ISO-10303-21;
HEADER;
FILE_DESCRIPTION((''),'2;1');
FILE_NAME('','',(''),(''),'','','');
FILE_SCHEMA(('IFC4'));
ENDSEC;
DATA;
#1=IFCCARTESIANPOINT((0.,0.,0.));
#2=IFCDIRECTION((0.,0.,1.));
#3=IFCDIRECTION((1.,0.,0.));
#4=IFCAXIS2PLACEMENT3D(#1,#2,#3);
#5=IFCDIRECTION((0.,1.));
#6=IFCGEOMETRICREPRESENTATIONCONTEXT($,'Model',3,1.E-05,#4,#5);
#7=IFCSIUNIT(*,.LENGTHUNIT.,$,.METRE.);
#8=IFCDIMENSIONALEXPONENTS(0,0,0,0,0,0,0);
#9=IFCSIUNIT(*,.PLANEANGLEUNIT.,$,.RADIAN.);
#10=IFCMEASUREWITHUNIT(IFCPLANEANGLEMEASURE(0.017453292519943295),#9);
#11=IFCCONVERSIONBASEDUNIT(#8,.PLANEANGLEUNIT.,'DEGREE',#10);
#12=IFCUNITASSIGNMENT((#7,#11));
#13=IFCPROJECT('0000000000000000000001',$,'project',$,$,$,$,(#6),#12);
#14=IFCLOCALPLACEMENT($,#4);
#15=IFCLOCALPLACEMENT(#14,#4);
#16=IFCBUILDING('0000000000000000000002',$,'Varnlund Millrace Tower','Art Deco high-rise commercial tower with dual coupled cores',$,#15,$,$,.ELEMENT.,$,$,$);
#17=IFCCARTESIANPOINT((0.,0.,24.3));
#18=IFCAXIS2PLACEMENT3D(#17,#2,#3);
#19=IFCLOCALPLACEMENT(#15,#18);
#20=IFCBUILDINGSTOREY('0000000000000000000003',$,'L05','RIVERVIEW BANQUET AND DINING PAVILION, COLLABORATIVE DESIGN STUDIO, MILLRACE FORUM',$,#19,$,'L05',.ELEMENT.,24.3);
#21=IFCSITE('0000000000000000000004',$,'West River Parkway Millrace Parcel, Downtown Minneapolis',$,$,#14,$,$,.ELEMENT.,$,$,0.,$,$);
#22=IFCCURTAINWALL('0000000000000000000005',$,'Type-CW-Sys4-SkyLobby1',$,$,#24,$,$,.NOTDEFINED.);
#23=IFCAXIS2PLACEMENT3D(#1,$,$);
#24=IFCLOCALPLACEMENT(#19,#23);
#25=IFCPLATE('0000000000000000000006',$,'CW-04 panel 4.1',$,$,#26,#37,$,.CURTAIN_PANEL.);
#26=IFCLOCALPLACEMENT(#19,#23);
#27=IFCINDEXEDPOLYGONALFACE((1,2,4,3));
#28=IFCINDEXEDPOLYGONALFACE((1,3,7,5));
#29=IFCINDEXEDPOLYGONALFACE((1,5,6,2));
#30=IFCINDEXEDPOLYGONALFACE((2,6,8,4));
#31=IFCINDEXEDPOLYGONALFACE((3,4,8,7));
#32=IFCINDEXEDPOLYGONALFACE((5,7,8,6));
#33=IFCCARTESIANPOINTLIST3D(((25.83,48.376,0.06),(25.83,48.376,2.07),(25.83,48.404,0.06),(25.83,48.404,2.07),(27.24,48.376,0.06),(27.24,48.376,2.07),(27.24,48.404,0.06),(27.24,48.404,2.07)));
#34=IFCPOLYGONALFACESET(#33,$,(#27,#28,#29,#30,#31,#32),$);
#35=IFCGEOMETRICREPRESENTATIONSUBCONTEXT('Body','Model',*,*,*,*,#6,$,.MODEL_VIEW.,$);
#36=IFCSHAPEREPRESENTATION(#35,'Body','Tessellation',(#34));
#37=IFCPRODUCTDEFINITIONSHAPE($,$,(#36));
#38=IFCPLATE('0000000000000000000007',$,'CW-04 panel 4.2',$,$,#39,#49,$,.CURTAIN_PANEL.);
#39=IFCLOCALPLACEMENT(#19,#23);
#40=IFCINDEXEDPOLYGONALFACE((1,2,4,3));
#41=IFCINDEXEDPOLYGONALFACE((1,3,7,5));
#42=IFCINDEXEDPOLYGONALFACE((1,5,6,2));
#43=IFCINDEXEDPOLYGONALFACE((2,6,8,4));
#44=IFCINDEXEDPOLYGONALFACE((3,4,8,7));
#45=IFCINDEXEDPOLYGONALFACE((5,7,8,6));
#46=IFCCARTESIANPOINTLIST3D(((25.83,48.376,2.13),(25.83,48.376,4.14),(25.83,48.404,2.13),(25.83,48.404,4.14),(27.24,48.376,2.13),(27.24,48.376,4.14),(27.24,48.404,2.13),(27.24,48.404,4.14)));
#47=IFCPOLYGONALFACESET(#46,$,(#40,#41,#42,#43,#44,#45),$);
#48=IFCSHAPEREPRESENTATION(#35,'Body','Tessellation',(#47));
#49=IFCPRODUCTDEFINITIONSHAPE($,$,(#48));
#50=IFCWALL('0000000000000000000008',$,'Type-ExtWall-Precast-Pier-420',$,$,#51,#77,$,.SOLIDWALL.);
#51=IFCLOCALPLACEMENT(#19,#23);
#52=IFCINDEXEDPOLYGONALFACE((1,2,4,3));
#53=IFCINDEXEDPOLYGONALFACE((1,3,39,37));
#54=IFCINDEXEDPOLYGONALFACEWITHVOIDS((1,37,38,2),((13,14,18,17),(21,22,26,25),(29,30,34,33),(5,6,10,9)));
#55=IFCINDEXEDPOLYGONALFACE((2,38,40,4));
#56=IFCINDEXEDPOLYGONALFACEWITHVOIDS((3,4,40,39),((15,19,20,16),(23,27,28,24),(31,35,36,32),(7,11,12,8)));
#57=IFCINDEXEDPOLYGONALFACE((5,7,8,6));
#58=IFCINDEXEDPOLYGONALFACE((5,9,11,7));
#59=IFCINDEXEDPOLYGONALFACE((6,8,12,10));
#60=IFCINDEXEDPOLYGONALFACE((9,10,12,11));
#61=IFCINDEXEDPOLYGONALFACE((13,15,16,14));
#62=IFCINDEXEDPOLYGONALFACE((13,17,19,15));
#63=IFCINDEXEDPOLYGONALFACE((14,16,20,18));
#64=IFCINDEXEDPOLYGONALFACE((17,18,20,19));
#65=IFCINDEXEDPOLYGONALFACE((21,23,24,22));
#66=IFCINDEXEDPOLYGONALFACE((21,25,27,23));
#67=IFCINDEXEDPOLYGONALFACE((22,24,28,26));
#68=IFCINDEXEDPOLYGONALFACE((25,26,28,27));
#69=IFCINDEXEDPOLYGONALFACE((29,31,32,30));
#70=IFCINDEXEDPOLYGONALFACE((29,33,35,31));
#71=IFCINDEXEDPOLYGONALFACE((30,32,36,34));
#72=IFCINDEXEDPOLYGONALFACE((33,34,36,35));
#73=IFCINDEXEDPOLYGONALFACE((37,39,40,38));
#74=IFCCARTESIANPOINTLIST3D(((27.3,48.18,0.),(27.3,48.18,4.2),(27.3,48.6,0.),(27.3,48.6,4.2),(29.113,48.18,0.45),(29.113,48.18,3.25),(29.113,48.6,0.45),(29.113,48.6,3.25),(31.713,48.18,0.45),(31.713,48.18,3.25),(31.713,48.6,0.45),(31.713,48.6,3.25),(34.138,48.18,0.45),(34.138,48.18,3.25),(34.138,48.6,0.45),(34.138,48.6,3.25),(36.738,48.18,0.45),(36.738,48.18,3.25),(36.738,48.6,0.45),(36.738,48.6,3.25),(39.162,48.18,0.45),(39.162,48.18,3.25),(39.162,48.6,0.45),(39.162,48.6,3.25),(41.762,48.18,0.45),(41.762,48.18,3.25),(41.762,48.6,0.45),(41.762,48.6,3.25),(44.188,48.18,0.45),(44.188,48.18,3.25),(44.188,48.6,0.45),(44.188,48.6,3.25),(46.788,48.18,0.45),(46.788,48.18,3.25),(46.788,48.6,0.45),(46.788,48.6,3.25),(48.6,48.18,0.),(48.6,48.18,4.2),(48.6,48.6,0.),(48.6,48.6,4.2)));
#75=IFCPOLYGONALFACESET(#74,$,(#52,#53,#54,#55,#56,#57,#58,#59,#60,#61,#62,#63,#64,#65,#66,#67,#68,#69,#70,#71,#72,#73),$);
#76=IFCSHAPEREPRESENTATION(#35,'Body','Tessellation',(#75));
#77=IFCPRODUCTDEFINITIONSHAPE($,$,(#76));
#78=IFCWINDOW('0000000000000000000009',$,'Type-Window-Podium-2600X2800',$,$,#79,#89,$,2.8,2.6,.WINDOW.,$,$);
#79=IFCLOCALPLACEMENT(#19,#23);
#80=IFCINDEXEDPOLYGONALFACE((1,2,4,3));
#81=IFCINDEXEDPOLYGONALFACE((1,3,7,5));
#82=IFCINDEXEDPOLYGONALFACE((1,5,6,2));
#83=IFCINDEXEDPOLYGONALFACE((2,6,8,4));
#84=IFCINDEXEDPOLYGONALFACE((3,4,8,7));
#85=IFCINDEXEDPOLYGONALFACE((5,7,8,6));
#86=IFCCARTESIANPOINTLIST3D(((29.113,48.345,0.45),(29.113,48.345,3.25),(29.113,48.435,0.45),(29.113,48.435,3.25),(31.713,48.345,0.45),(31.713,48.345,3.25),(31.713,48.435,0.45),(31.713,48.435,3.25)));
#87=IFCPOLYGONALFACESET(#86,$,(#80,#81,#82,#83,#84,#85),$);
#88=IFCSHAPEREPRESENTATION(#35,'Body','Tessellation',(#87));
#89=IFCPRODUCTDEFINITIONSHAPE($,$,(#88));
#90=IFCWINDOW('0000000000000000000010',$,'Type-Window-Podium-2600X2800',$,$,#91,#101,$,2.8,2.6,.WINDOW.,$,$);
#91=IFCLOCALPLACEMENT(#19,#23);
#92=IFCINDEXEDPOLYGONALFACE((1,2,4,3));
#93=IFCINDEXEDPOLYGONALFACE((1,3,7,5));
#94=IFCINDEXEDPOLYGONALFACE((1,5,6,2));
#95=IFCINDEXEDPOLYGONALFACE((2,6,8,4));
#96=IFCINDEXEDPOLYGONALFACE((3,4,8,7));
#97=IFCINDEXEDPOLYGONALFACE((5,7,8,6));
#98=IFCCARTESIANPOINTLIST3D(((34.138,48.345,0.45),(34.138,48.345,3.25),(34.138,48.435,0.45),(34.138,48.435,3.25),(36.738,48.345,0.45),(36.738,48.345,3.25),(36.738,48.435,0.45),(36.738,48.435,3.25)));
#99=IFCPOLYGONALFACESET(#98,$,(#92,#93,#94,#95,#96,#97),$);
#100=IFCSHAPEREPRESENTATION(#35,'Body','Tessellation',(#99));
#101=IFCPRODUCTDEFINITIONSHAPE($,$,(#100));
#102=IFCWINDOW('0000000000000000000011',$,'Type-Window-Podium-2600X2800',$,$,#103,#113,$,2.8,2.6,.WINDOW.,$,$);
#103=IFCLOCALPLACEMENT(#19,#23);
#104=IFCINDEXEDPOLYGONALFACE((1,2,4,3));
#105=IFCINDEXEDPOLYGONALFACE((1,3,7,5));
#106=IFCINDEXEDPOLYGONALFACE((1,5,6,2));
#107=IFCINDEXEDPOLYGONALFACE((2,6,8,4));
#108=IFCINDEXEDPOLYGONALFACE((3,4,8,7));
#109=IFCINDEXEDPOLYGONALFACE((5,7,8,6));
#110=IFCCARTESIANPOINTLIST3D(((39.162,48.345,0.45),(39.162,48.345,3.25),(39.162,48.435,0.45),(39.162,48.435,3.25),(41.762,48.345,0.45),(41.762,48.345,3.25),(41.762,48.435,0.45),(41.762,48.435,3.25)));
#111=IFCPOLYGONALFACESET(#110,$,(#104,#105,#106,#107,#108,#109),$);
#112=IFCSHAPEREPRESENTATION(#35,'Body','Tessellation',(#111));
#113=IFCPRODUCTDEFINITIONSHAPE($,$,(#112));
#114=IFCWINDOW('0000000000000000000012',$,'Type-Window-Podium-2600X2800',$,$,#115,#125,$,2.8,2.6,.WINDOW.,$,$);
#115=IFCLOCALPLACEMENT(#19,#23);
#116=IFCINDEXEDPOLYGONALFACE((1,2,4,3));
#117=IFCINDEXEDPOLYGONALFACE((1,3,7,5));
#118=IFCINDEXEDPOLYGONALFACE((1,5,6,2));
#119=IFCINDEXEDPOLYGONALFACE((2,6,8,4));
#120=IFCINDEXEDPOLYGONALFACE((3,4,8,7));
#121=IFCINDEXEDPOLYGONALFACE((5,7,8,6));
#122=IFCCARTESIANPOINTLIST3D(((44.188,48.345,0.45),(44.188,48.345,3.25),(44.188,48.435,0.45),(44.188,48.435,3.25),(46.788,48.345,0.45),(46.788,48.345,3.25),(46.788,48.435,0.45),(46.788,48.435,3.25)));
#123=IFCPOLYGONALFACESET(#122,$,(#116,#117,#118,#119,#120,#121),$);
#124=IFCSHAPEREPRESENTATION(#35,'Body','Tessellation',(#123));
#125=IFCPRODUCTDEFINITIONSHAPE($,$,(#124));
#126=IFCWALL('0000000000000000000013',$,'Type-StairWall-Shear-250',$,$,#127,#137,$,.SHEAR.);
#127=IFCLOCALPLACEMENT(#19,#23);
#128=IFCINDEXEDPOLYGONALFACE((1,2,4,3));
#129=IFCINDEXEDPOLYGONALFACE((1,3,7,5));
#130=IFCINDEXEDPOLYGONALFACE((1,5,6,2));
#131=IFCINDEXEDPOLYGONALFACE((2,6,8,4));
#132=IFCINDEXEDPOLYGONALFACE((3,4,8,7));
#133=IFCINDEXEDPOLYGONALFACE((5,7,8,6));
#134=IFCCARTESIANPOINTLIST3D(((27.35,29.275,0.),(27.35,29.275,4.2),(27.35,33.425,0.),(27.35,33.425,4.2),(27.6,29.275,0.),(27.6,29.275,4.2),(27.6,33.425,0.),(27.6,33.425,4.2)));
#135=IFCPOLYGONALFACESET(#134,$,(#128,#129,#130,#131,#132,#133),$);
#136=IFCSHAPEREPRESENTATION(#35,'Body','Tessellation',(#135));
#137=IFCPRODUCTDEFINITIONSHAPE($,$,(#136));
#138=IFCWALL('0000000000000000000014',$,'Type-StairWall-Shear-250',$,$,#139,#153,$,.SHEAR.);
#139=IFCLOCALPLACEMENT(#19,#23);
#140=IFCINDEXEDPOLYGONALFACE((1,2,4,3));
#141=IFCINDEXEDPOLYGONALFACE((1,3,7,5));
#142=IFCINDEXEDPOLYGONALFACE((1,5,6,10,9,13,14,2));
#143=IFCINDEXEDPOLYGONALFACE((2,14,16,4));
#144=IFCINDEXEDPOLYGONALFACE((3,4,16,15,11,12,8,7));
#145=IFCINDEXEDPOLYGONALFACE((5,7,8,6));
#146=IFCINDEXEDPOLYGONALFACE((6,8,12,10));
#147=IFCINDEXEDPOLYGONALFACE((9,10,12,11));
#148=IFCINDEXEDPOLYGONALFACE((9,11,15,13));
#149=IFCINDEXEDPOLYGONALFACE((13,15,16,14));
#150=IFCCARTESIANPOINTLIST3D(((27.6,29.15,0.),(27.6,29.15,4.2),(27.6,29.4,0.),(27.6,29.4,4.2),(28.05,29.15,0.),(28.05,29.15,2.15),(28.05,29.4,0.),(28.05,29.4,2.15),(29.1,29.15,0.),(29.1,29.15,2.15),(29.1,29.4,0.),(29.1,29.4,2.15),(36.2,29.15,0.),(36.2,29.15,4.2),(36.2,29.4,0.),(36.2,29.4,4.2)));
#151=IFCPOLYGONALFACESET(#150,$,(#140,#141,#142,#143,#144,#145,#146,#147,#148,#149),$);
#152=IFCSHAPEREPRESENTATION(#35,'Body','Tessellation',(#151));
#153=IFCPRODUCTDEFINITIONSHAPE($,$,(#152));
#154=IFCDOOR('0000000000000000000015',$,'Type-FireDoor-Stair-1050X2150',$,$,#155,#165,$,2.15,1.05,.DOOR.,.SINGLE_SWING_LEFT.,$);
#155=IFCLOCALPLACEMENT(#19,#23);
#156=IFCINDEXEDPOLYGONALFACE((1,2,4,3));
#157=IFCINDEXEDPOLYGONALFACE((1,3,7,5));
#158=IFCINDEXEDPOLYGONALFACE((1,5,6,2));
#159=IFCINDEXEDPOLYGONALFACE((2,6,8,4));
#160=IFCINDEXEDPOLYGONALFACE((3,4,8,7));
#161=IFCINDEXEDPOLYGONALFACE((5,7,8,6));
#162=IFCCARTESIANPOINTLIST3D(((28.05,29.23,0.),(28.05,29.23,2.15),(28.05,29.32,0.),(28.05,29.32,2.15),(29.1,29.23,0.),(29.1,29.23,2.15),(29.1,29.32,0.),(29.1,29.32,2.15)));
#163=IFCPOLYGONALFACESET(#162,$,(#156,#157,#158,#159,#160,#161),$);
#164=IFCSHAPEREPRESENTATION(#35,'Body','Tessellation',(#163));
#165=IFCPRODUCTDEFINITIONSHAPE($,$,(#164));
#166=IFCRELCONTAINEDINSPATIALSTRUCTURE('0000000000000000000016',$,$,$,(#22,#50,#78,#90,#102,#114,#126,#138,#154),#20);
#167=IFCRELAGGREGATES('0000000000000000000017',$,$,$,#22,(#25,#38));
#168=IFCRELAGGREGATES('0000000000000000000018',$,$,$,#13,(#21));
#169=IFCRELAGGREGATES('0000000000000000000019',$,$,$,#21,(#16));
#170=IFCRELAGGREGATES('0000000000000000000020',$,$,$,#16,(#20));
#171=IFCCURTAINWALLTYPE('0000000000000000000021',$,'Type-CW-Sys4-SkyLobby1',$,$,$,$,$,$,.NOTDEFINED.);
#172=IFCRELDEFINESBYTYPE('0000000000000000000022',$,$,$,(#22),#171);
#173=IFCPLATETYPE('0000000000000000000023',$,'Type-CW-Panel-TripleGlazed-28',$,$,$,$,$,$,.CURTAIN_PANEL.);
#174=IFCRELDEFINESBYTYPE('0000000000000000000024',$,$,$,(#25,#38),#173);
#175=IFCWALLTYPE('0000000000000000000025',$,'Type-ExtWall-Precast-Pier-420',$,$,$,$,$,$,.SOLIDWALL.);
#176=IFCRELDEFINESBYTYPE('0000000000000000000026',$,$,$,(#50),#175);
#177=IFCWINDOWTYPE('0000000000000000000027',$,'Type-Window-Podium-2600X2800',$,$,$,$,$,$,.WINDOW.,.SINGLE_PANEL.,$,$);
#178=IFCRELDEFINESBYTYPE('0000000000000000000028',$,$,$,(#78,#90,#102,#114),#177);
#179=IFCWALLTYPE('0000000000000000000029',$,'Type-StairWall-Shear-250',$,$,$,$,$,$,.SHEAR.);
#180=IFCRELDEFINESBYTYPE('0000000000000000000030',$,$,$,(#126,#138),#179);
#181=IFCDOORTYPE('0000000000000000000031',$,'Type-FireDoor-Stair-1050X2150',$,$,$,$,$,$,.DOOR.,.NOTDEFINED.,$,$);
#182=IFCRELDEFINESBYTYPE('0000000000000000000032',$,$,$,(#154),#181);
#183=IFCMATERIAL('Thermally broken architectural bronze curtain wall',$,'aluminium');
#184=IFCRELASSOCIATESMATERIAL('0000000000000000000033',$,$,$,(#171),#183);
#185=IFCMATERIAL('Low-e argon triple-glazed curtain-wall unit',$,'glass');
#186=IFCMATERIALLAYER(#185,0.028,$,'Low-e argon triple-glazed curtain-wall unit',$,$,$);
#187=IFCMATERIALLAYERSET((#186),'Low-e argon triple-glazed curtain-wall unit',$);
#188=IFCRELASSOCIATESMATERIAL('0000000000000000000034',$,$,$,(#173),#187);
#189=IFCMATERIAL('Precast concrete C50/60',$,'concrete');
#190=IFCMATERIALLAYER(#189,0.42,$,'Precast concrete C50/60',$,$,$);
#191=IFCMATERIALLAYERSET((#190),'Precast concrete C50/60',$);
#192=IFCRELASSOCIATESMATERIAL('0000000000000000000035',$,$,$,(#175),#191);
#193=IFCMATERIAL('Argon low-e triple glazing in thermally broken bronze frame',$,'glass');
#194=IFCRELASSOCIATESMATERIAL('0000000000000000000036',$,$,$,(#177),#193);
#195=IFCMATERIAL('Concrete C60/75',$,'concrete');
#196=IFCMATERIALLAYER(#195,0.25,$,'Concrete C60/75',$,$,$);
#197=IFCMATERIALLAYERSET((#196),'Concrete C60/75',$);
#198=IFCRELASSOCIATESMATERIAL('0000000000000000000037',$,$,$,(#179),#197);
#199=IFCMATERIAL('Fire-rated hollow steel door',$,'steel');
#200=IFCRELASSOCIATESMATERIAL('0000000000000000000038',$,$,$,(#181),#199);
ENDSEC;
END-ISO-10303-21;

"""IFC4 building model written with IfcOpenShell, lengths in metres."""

from ifc_helpers import new_model, entity, si_unit, converted_unit, direction, frame, origin_with_axes, origin_2d_with_axis, place, context, subcontext, project, spatial, polyline, rectangle, outline, extrude, material, layer, layer_set, type_object, element, fill, aggregate, save


model = new_model("IFC4")

# Units and contexts
model_context = context("Model", 3, precision=1e-05, world=origin_with_axes(), true_north=direction((0.0, 1.0)))
body_context = subcontext(model_context, "Body", "Model", "MODEL_VIEW")
ifc_project = project(units=[si_unit("LENGTHUNIT", "METRE"), converted_unit("PLANEANGLEUNIT", "DEGREE", entity("IfcPlaneAngleMeasure", 0.017453292519943295), si_unit("PLANEANGLEUNIT", "RADIAN"), dimensions=[0, 0, 0, 0, 0, 0, 0])], contexts=[model_context])

# Site, building, storey
site_placement = place(None, origin_with_axes())
site = spatial("IfcSite", under=ifc_project, at=site_placement, Name="West River Parkway Millrace Parcel, Downtown Minneapolis", CompositionType="ELEMENT", RefElevation=0.0)
building_placement = place(site_placement, origin_with_axes())
building = spatial("IfcBuilding", under=site, at=building_placement, Name="Varnlund Millrace Tower", Description="Art Deco high-rise commercial tower with dual coupled cores", CompositionType="ELEMENT")
storey_placement = place(building_placement, frame((0.0, 0.0, 24.3), z_axis=(0.0, 0.0, 1.0), x_axis=(1.0, 0.0, 0.0)))
storey = spatial("IfcBuildingStorey", under=building, at=storey_placement, Name="L05", Description="RIVERVIEW BANQUET AND DINING PAVILION, COLLABORATIVE DESIGN STUDIO, MILLRACE FORUM", LongName="L05", CompositionType="ELEMENT", Elevation=24.3)

# Curtain wall, plates
ifc_material_1 = material(Name="Thermally broken architectural bronze curtain wall", Category="aluminium")
curtain_wall_type = type_object("IfcCurtainWallType", Name="Type-CW-Sys4-SkyLobby1", PredefinedType="NOTDEFINED", material=ifc_material_1)
curtain_wall_placement = place(storey_placement, frame((21.3, 48.39, 0.0), z_axis=(0.0, 0.0, 1.0), x_axis=(1.0, 0.0, 0.0)))
curtain_wall = element("IfcCurtainWall", 1, at=curtain_wall_placement, inside=storey, type_object=curtain_wall_type, Name="Type-CW-Sys4-SkyLobby1", PredefinedType="NOTDEFINED")
ifc_material_2 = material(Name="Low-e argon triple-glazed curtain-wall unit", Category="glass")
ifc_layer_1 = layer(ifc_material_2, 0.028, Name="Low-e argon triple-glazed curtain-wall unit")
ifc_layer_set_1 = layer_set([ifc_layer_1], Name="Low-e argon triple-glazed curtain-wall unit")
plate_type = type_object("IfcPlateType", Name="Type-CW-Panel-TripleGlazed-28", PredefinedType="CURTAIN_PANEL", material=ifc_layer_set_1)
plate_1_placement = place(storey_placement, frame((26.535, 48.39, 0.06), z_axis=(0.0, 0.0, 1.0), x_axis=(1.0, 0.0, 0.0)))
plate_1 = element("IfcPlate", 2, at=plate_1_placement, type_object=plate_type, Name="CW-04 panel 4.1", PredefinedType="CURTAIN_PANEL", context=body_context, shape_type="SweptSolid", body=[
    extrude(rectangle(XDim=1.41, YDim=0.028, at=origin_2d_with_axis()), origin_with_axes(), (0.0, 0.0, 1.0), 2.01),
])
plate_2_placement = place(storey_placement, frame((26.535, 48.39, 2.13), z_axis=(0.0, 0.0, 1.0), x_axis=(1.0, 0.0, 0.0)))
plate_2 = element("IfcPlate", 3, at=plate_2_placement, type_object=plate_type, Name="CW-04 panel 4.2", PredefinedType="CURTAIN_PANEL", context=body_context, shape_type="SweptSolid", body=[
    extrude(rectangle(XDim=1.41, YDim=0.028, at=origin_2d_with_axis()), origin_with_axes(), (0.0, 0.0, 1.0), 2.01),
])
aggregate(curtain_wall, [plate_1, plate_2])

# Wall, openings, windows
ifc_material_3 = material(Name="Precast concrete C50/60", Category="concrete")
ifc_layer_2 = layer(ifc_material_3, 0.42, Name="Precast concrete C50/60")
ifc_layer_set_2 = layer_set([ifc_layer_2], Name="Precast concrete C50/60")
wall_type_1 = type_object("IfcWallType", Name="Type-ExtWall-Precast-Pier-420", PredefinedType="SOLIDWALL", material=ifc_layer_set_2)
wall_1_placement = place(storey_placement, frame((27.3, 48.39, 0.0), z_axis=(0.0, 0.0, 1.0), x_axis=(1.0, 0.0, 0.0)))
wall_1 = element("IfcWall", 4, at=wall_1_placement, inside=storey, type_object=wall_type_1, Name="Type-ExtWall-Precast-Pier-420", PredefinedType="SOLIDWALL", context=body_context, shape_type="SweptSolid", body=[
    extrude(outline(polyline([(0.0, -0.21), (21.3, -0.21), (21.3, 0.21), (0.0, 0.21), (0.0, -0.21)])), origin_with_axes(), (0.0, 0.0, 1.0), 4.2),
])
opening_1_placement = place(wall_1_placement, frame((3.113, 0.0, 0.45), z_axis=(0.0, 0.0, 1.0), x_axis=(1.0, 0.0, 0.0)))
opening_1 = element("IfcOpeningElement", 5, at=opening_1_placement, cuts=wall_1, PredefinedType="OPENING", context=body_context, shape_type="SweptSolid", body=[
    extrude(rectangle(XDim=2.6, YDim=0.44, at=origin_2d_with_axis()), origin_with_axes(), (0.0, 0.0, 1.0), 2.8),
])
opening_2_placement = place(wall_1_placement, frame((8.138, 0.0, 0.45), z_axis=(0.0, 0.0, 1.0), x_axis=(1.0, 0.0, 0.0)))
opening_2 = element("IfcOpeningElement", 6, at=opening_2_placement, cuts=wall_1, PredefinedType="OPENING", context=body_context, shape_type="SweptSolid", body=[
    extrude(rectangle(XDim=2.6, YDim=0.44, at=origin_2d_with_axis()), origin_with_axes(), (0.0, 0.0, 1.0), 2.8),
])
opening_3_placement = place(wall_1_placement, frame((13.162, 0.0, 0.45), z_axis=(0.0, 0.0, 1.0), x_axis=(1.0, 0.0, 0.0)))
opening_3 = element("IfcOpeningElement", 7, at=opening_3_placement, cuts=wall_1, PredefinedType="OPENING", context=body_context, shape_type="SweptSolid", body=[
    extrude(rectangle(XDim=2.6, YDim=0.44, at=origin_2d_with_axis()), origin_with_axes(), (0.0, 0.0, 1.0), 2.8),
])
opening_4_placement = place(wall_1_placement, frame((18.188, 0.0, 0.45), z_axis=(0.0, 0.0, 1.0), x_axis=(1.0, 0.0, 0.0)))
opening_4 = element("IfcOpeningElement", 8, at=opening_4_placement, cuts=wall_1, PredefinedType="OPENING", context=body_context, shape_type="SweptSolid", body=[
    extrude(rectangle(XDim=2.6, YDim=0.44, at=origin_2d_with_axis()), origin_with_axes(), (0.0, 0.0, 1.0), 2.8),
])
ifc_material_4 = material(Name="Argon low-e triple glazing in thermally broken bronze frame", Category="glass")
window_type = type_object("IfcWindowType", Name="Type-Window-Podium-2600X2800", PartitioningType="SINGLE_PANEL", PredefinedType="WINDOW", material=ifc_material_4)
window_1_placement = place(wall_1_placement, frame((3.113, 0.0, 0.45), z_axis=(0.0, 0.0, 1.0), x_axis=(1.0, 0.0, 0.0)))
window_1 = element("IfcWindow", 9, at=window_1_placement, inside=storey, type_object=window_type, Name="Type-Window-Podium-2600X2800", OverallHeight=2.8, OverallWidth=2.6, PredefinedType="WINDOW", context=body_context, shape_type="SweptSolid", body=[
    extrude(rectangle(XDim=2.6, YDim=0.09, at=origin_2d_with_axis()), origin_with_axes(), (0.0, 0.0, 1.0), 2.8),
])
fill(opening_1, window_1)
window_2_placement = place(wall_1_placement, frame((8.138, 0.0, 0.45), z_axis=(0.0, 0.0, 1.0), x_axis=(1.0, 0.0, 0.0)))
window_2 = element("IfcWindow", 10, at=window_2_placement, inside=storey, type_object=window_type, Name="Type-Window-Podium-2600X2800", OverallHeight=2.8, OverallWidth=2.6, PredefinedType="WINDOW", context=body_context, shape_type="SweptSolid", body=[
    extrude(rectangle(XDim=2.6, YDim=0.09, at=origin_2d_with_axis()), origin_with_axes(), (0.0, 0.0, 1.0), 2.8),
])
fill(opening_2, window_2)
window_3_placement = place(wall_1_placement, frame((13.162, 0.0, 0.45), z_axis=(0.0, 0.0, 1.0), x_axis=(1.0, 0.0, 0.0)))
window_3 = element("IfcWindow", 11, at=window_3_placement, inside=storey, type_object=window_type, Name="Type-Window-Podium-2600X2800", OverallHeight=2.8, OverallWidth=2.6, PredefinedType="WINDOW", context=body_context, shape_type="SweptSolid", body=[
    extrude(rectangle(XDim=2.6, YDim=0.09, at=origin_2d_with_axis()), origin_with_axes(), (0.0, 0.0, 1.0), 2.8),
])
fill(opening_3, window_3)
window_4_placement = place(wall_1_placement, frame((18.188, 0.0, 0.45), z_axis=(0.0, 0.0, 1.0), x_axis=(1.0, 0.0, 0.0)))
window_4 = element("IfcWindow", 12, at=window_4_placement, inside=storey, type_object=window_type, Name="Type-Window-Podium-2600X2800", OverallHeight=2.8, OverallWidth=2.6, PredefinedType="WINDOW", context=body_context, shape_type="SweptSolid", body=[
    extrude(rectangle(XDim=2.6, YDim=0.09, at=origin_2d_with_axis()), origin_with_axes(), (0.0, 0.0, 1.0), 2.8),
])
fill(opening_4, window_4)

# Wall
ifc_material_5 = material(Name="Concrete C60/75", Category="concrete")
ifc_layer_3 = layer(ifc_material_5, 0.25, Name="Concrete C60/75")
ifc_layer_set_3 = layer_set([ifc_layer_3], Name="Concrete C60/75")
wall_type_2 = type_object("IfcWallType", Name="Type-StairWall-Shear-250", PredefinedType="SHEAR", material=ifc_layer_set_3)
wall_2_placement = place(storey_placement, frame((27.475, 29.275, 0.0), z_axis=(0.0, 0.0, 1.0), x_axis=(0.0, 1.0, 0.0)))
element("IfcWall", 13, at=wall_2_placement, inside=storey, type_object=wall_type_2, Name="Type-StairWall-Shear-250", PredefinedType="SHEAR", context=body_context, shape_type="SweptSolid", body=[
    extrude(outline(polyline([(0.0, -0.125), (4.15, -0.125), (4.15, 0.125), (0.0, 0.125), (0.0, -0.125)])), origin_with_axes(), (0.0, 0.0, 1.0), 4.2),
])

# Wall, opening, door
wall_3_placement = place(storey_placement, frame((27.6, 29.275, 0.0), z_axis=(0.0, 0.0, 1.0), x_axis=(1.0, 0.0, 0.0)))
wall_3 = element("IfcWall", 14, at=wall_3_placement, inside=storey, type_object=wall_type_2, Name="Type-StairWall-Shear-250", PredefinedType="SHEAR", context=body_context, shape_type="SweptSolid", body=[
    extrude(outline(polyline([(0.0, -0.125), (8.6, -0.125), (8.6, 0.125), (0.0, 0.125), (0.0, -0.125)])), origin_with_axes(), (0.0, 0.0, 1.0), 4.2),
])
opening_5_placement = place(wall_3_placement, frame((0.975, 0.0, 0.0), z_axis=(0.0, 0.0, 1.0), x_axis=(1.0, 0.0, 0.0)))
opening_5 = element("IfcOpeningElement", 15, at=opening_5_placement, cuts=wall_3, PredefinedType="OPENING", context=body_context, shape_type="SweptSolid", body=[
    extrude(rectangle(XDim=1.05, YDim=0.27, at=origin_2d_with_axis()), origin_with_axes(), (0.0, 0.0, 1.0), 2.15),
])
ifc_material_6 = material(Name="Fire-rated hollow steel door", Category="steel")
door_type = type_object("IfcDoorType", Name="Type-FireDoor-Stair-1050X2150", OperationType="NOTDEFINED", PredefinedType="DOOR", material=ifc_material_6)
door_placement = place(wall_3_placement, frame((0.975, 0.0, 0.0), z_axis=(0.0, 0.0, 1.0), x_axis=(1.0, 0.0, 0.0)))
door = element("IfcDoor", 16, at=door_placement, inside=storey, type_object=door_type, Name="Type-FireDoor-Stair-1050X2150", OperationType="SINGLE_SWING_LEFT", OverallHeight=2.15, OverallWidth=1.05, PredefinedType="DOOR", context=body_context, shape_type="SweptSolid", body=[
    extrude(rectangle(XDim=1.05, YDim=0.09, at=origin_2d_with_axis()), origin_with_axes(), (0.0, 0.0, 1.0), 2.15),
])
fill(opening_5, door)

save(model, "model.ifc")
